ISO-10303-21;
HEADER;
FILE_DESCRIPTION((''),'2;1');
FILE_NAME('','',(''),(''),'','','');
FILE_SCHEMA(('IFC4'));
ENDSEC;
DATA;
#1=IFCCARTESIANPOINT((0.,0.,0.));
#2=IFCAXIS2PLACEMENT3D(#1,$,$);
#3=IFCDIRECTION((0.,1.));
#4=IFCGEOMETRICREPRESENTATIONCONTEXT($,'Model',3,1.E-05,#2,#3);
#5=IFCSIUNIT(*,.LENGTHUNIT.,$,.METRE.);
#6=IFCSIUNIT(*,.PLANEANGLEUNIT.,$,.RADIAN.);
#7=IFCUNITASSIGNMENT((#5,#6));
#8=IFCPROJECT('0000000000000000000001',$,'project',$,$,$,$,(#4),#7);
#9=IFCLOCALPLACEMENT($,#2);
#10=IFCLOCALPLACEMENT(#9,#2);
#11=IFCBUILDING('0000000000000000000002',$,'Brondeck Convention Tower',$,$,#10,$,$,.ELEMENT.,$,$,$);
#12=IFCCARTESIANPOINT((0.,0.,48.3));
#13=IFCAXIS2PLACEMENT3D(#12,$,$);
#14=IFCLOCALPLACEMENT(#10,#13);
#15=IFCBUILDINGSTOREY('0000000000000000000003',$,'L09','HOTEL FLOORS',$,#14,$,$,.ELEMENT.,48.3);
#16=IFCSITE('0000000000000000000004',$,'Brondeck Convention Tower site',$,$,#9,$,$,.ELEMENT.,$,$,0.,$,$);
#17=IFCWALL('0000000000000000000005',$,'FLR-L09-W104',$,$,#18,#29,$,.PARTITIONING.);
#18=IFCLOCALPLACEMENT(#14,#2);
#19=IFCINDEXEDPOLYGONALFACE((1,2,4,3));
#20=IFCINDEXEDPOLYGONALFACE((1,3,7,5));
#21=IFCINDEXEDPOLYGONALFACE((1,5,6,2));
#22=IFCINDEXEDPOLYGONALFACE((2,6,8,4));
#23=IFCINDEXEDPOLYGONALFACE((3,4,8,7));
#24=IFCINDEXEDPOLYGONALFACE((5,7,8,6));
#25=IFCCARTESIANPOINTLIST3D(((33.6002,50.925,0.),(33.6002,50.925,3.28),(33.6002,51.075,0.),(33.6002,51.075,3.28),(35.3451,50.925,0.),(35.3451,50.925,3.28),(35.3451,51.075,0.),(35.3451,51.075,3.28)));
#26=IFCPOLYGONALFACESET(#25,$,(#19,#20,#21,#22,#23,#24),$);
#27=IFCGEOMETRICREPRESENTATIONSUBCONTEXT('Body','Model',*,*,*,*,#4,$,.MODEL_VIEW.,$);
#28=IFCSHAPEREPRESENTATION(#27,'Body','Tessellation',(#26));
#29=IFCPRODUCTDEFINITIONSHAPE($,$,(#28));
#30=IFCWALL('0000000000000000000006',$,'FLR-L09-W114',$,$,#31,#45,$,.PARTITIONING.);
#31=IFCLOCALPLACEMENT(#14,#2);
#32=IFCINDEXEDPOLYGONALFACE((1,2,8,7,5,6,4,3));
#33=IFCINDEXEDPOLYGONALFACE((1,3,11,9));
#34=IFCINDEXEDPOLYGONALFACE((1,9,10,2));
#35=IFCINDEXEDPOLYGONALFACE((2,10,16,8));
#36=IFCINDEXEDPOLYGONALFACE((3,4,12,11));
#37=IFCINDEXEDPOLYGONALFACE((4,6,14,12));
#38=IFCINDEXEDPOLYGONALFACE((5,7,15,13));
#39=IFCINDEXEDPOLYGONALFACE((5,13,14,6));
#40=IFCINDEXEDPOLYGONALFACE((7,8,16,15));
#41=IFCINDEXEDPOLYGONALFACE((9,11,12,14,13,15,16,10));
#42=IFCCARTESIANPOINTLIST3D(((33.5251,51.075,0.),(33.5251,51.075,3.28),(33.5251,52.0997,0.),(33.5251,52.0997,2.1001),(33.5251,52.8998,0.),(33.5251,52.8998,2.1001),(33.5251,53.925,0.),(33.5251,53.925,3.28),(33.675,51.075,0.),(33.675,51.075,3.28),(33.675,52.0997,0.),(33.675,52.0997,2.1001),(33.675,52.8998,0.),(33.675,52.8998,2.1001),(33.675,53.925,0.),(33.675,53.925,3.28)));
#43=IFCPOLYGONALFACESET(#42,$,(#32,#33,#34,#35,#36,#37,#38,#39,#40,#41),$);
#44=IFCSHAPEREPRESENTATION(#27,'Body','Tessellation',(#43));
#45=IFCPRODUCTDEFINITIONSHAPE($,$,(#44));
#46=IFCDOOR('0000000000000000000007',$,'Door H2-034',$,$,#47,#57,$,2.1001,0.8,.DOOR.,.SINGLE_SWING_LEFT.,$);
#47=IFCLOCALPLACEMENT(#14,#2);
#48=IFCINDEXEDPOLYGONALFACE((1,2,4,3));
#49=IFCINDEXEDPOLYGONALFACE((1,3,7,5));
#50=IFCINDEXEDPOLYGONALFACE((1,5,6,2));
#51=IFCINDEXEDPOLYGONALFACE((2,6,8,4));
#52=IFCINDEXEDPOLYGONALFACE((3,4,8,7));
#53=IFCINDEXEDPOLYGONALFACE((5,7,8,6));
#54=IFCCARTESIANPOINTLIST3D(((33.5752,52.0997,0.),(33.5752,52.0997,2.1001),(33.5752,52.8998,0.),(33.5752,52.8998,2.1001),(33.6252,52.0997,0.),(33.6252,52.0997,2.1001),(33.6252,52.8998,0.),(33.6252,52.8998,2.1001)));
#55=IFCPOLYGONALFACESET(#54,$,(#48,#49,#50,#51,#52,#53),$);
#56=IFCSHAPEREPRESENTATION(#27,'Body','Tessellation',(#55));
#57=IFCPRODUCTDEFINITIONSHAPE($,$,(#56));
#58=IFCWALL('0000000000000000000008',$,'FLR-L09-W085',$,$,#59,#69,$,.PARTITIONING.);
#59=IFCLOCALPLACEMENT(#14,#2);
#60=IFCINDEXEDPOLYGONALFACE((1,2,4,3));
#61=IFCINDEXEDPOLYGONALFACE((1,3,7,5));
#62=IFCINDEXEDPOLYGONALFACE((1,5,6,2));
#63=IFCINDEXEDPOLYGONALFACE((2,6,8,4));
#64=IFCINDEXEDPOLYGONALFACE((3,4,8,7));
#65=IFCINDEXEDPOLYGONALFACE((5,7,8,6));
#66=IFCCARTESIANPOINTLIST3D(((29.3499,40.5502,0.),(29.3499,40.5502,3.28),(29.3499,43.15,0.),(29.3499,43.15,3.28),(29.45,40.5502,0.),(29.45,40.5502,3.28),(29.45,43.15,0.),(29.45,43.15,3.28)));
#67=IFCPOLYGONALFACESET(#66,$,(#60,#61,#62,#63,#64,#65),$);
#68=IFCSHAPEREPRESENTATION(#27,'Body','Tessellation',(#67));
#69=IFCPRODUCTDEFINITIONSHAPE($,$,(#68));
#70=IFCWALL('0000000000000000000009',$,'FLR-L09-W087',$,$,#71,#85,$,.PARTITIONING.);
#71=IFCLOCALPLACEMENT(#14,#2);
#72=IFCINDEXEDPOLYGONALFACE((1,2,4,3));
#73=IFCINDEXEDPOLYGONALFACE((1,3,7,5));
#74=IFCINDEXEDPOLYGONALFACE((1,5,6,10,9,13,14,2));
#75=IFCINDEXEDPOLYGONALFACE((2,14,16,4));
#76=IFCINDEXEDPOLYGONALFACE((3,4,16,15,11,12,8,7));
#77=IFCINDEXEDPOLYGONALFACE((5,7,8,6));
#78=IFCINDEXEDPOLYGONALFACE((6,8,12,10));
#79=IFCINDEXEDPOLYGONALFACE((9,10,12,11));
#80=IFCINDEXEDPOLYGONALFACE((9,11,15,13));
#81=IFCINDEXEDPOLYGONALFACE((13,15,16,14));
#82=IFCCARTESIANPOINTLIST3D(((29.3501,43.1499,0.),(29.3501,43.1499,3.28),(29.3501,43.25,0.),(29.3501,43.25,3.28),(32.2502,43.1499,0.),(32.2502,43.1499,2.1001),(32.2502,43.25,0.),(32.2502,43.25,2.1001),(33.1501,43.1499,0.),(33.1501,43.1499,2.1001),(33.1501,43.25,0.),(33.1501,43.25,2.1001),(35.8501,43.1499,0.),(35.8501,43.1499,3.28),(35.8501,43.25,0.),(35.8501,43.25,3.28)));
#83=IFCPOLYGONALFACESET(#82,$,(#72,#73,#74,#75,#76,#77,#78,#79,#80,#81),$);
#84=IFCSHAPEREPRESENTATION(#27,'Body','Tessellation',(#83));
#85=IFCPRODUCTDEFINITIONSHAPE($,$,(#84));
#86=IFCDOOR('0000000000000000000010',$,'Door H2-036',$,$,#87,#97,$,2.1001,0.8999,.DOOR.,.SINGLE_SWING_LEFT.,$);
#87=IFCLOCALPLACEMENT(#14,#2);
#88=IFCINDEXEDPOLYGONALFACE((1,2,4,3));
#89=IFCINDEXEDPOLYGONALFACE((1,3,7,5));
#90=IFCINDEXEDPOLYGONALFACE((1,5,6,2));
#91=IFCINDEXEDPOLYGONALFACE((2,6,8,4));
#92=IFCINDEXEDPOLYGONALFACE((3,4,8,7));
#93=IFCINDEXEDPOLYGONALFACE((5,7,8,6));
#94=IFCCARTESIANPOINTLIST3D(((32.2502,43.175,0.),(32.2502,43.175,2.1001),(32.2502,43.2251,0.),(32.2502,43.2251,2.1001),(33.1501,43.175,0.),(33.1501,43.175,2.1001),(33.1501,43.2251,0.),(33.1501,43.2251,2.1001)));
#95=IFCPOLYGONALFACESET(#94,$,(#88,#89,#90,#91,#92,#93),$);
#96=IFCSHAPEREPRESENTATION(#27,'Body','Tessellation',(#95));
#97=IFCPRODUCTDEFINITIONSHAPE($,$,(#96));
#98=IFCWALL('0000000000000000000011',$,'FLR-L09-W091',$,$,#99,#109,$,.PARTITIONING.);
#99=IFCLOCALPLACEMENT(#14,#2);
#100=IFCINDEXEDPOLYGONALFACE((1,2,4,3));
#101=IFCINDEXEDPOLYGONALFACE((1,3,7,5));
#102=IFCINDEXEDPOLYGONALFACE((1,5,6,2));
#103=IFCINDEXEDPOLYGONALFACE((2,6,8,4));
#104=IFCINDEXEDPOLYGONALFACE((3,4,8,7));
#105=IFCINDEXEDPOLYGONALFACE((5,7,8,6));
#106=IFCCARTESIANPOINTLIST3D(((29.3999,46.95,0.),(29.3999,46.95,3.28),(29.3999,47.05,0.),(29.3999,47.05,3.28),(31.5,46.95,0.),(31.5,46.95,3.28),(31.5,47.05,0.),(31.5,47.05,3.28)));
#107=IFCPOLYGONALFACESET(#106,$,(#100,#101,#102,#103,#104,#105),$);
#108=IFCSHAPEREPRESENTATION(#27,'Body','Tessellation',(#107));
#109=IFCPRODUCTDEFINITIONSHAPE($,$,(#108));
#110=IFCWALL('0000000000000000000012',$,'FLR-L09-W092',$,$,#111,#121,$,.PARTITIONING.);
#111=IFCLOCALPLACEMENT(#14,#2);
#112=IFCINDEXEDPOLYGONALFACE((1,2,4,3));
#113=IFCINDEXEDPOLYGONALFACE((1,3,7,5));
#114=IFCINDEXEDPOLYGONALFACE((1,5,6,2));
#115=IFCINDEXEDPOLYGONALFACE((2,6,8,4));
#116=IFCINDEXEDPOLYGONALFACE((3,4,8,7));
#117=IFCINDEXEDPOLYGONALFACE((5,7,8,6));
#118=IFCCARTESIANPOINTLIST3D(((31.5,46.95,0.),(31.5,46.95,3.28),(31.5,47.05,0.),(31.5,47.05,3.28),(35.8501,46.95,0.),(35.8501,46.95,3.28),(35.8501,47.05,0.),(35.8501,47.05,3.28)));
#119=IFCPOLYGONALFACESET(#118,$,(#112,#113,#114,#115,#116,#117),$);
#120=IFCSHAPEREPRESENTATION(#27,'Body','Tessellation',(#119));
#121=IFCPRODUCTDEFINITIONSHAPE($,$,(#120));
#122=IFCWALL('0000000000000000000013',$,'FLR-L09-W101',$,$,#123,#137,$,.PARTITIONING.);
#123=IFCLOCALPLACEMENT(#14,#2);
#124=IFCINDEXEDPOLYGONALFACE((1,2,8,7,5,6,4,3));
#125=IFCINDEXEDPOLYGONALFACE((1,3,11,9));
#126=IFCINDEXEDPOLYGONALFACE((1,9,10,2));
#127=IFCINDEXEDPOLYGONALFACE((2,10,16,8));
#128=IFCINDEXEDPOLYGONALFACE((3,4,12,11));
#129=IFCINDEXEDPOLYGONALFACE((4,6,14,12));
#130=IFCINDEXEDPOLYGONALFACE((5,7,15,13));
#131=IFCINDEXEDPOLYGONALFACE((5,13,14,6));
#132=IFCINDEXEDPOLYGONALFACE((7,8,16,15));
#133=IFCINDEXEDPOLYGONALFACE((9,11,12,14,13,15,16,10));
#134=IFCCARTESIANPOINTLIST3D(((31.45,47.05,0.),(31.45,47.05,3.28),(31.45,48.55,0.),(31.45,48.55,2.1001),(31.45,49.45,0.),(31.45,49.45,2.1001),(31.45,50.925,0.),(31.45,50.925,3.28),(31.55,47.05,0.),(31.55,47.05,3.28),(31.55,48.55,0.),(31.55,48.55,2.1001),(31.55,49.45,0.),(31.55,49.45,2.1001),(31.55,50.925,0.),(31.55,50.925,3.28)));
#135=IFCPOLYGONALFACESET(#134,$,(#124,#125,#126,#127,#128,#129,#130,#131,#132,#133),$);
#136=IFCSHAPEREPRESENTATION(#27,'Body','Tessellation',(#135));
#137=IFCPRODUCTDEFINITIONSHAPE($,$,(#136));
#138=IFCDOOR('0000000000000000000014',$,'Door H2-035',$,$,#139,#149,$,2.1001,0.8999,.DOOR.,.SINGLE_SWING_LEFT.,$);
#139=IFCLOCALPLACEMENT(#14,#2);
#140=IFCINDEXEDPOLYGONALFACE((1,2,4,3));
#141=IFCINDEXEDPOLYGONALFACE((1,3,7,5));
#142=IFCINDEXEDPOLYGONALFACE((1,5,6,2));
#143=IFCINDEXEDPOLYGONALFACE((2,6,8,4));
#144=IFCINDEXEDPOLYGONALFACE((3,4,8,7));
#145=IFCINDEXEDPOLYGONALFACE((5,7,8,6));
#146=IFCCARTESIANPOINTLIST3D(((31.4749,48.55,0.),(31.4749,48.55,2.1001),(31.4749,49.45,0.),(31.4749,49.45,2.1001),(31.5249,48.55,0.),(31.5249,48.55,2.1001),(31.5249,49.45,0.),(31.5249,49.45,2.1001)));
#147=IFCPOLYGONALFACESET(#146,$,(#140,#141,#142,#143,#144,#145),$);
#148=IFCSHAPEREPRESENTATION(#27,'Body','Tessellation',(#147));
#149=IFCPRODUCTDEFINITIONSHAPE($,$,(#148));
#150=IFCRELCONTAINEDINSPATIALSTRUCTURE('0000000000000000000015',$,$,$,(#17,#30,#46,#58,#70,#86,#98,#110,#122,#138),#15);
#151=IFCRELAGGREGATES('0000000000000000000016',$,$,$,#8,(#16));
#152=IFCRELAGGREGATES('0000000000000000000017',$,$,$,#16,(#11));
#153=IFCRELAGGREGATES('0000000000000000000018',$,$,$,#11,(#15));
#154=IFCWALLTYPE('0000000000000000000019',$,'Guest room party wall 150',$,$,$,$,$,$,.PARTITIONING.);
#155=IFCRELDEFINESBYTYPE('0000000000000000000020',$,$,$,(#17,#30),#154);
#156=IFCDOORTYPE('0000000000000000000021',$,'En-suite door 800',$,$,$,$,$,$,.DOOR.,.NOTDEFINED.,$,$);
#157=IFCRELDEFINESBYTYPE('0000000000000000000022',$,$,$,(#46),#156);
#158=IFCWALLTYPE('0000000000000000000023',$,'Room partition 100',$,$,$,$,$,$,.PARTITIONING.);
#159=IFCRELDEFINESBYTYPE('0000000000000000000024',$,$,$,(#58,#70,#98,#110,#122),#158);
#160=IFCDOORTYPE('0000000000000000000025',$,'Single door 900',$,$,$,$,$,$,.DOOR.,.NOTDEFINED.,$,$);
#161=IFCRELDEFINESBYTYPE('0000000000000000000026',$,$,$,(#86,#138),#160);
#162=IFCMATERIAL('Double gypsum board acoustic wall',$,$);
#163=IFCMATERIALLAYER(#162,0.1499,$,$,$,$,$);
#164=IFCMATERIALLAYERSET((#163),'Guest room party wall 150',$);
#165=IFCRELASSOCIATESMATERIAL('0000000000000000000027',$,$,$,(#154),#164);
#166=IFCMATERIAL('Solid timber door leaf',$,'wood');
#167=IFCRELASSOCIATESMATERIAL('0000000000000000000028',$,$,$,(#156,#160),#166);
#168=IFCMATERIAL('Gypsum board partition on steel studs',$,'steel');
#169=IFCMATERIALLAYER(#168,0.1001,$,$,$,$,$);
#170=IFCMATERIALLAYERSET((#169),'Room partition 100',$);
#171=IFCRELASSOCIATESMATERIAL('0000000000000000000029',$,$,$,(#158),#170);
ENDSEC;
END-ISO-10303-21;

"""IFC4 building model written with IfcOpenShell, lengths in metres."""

from ifc_helpers import new_model, si_unit, direction, frame, frame_2d, origin, place, context, subcontext, project, spatial, rectangle, extrude, material, layer, layer_set, type_object, element, fill, save


model = new_model("IFC4")

# Units and contexts
model_context = context("Model", 3, precision=1e-05, world=origin(), true_north=direction((0.0, 1.0)))
body_context = subcontext(model_context, "Body", "Model", "MODEL_VIEW")
ifc_project = project(units=[si_unit("LENGTHUNIT", "METRE"), si_unit("PLANEANGLEUNIT", "RADIAN")], contexts=[model_context])

# Site, building, storey
site_placement = place(None, origin())
site = spatial("IfcSite", under=ifc_project, at=site_placement, Name="Brondeck Convention Tower site", CompositionType="ELEMENT", RefElevation=0.0)
building_placement = place(site_placement, origin())
building = spatial("IfcBuilding", under=site, at=building_placement, Name="Brondeck Convention Tower", CompositionType="ELEMENT")
storey_placement = place(building_placement, frame((0.0, 0.0, 48.3)))
storey = spatial("IfcBuildingStorey", under=building, at=storey_placement, Name="L09", Description="HOTEL FLOORS", CompositionType="ELEMENT", Elevation=48.3)

# Wall
ifc_material_1 = material(Name="Double gypsum board acoustic wall")
ifc_layer_1 = layer(ifc_material_1, 0.1499)
ifc_layer_set_1 = layer_set([ifc_layer_1], Name="Guest room party wall 150")
wall_type_1 = type_object("IfcWallType", Name="Guest room party wall 150", PredefinedType="PARTITIONING", material=ifc_layer_set_1)
wall_1_placement = place(storey_placement, frame((33.6001, 51.0, 0.0), z_axis=(0.0, 0.0, 1.0), x_axis=(1.0, 0.0, 0.0)))
element("IfcWall", 1, at=wall_1_placement, inside=storey, type_object=wall_type_1, Name="FLR-L09-W104", PredefinedType="PARTITIONING", context=body_context, shape_type="SweptSolid", body=[
    extrude(rectangle(XDim=1.7449, YDim=0.1499, at=frame_2d((0.8726, 0.0))), origin(), (0.0, 0.0, 1.0), 3.28),
])

# Wall, opening, door
wall_2_placement = place(storey_placement, frame((33.6001, 51.075, 0.0), z_axis=(0.0, 0.0, 1.0), x_axis=(0.0, 1.0, 0.0)))
wall_2 = element("IfcWall", 2, at=wall_2_placement, inside=storey, type_object=wall_type_1, Name="FLR-L09-W114", PredefinedType="PARTITIONING", context=body_context, shape_type="SweptSolid", body=[
    extrude(rectangle(XDim=2.8501, YDim=0.1499, at=frame_2d((1.425, 0.0))), origin(), (0.0, 0.0, 1.0), 3.28),
])
opening_1_placement = place(wall_2_placement, frame((1.0249, 0.0, 0.0)))
opening_1 = element("IfcOpeningElement", 3, at=opening_1_placement, cuts=wall_2, PredefinedType="OPENING", context=body_context, shape_type="SweptSolid", body=[
    extrude(rectangle(XDim=0.8, YDim=2.1001, at=frame_2d((0.3999, 1.05))), frame((0.0, 0.085, 0.0), z_axis=(0.0, -1.0, 0.0), x_axis=(1.0, 0.0, 0.0)), (0.0, 0.0, 1.0), 0.1699),
])
ifc_material_2 = material(Name="Solid timber door leaf", Category="wood")
door_type_1 = type_object("IfcDoorType", Name="En-suite door 800", OperationType="NOTDEFINED", PredefinedType="DOOR", material=ifc_material_2)
door_1_placement = place(opening_1_placement, origin())
door_1 = element("IfcDoor", 4, at=door_1_placement, inside=storey, type_object=door_type_1, Name="Door H2-034", OperationType="SINGLE_SWING_LEFT", OverallHeight=2.1001, OverallWidth=0.8, PredefinedType="DOOR", context=body_context, shape_type="SweptSolid", body=[
    extrude(rectangle(XDim=0.8, YDim=2.1001, at=frame_2d((0.3999, 1.05))), frame((0.0, 0.0249, 0.0), z_axis=(0.0, -1.0, 0.0), x_axis=(1.0, 0.0, 0.0)), (0.0, 0.0, 1.0), 0.05),
])
fill(opening_1, door_1)

# Wall
ifc_material_3 = material(Name="Gypsum board partition on steel studs", Category="steel")
ifc_layer_2 = layer(ifc_material_3, 0.1001)
ifc_layer_set_2 = layer_set([ifc_layer_2], Name="Room partition 100")
wall_type_2 = type_object("IfcWallType", Name="Room partition 100", PredefinedType="PARTITIONING", material=ifc_layer_set_2)
wall_3_placement = place(storey_placement, frame((29.3999, 43.1499, 0.0), z_axis=(0.0, 0.0, 1.0), x_axis=(0.0, -1.0, 0.0)))
element("IfcWall", 5, at=wall_3_placement, inside=storey, type_object=wall_type_2, Name="FLR-L09-W085", PredefinedType="PARTITIONING", context=body_context, shape_type="SweptSolid", body=[
    extrude(rectangle(XDim=2.5999, YDim=0.1001, at=frame_2d((1.2998, 0.0))), origin(), (0.0, 0.0, 1.0), 3.28),
])

# Wall, opening, door
wall_4_placement = place(storey_placement, frame((35.8501, 43.2, 0.0), z_axis=(0.0, 0.0, 1.0), x_axis=(-1.0, 0.0, 0.0)))
wall_4 = element("IfcWall", 6, at=wall_4_placement, inside=storey, type_object=wall_type_2, Name="FLR-L09-W087", PredefinedType="PARTITIONING", context=body_context, shape_type="SweptSolid", body=[
    extrude(rectangle(XDim=6.5, YDim=0.1001, at=frame_2d((3.25, 0.0))), origin(), (0.0, 0.0, 1.0), 3.28),
])
opening_2_placement = place(wall_4_placement, frame((2.7, 0.0, 0.0)))
opening_2 = element("IfcOpeningElement", 7, at=opening_2_placement, cuts=wall_4, PredefinedType="OPENING", context=body_context, shape_type="SweptSolid", body=[
    extrude(rectangle(XDim=0.8999, YDim=2.1001, at=frame_2d((0.45, 1.05))), frame((0.0, 0.0601, 0.0), z_axis=(0.0, -1.0, 0.0), x_axis=(1.0, 0.0, 0.0)), (0.0, 0.0, 1.0), 0.1201),
])
door_type_2 = type_object("IfcDoorType", Name="Single door 900", OperationType="NOTDEFINED", PredefinedType="DOOR", material=ifc_material_2)
door_2_placement = place(opening_2_placement, origin())
door_2 = element("IfcDoor", 8, at=door_2_placement, inside=storey, type_object=door_type_2, Name="Door H2-036", OperationType="SINGLE_SWING_LEFT", OverallHeight=2.1001, OverallWidth=0.8999, PredefinedType="DOOR", context=body_context, shape_type="SweptSolid", body=[
    extrude(rectangle(XDim=0.8999, YDim=2.1001, at=frame_2d((0.45, 1.05))), frame((0.0, 0.0249, 0.0), z_axis=(0.0, -1.0, 0.0), x_axis=(1.0, 0.0, 0.0)), (0.0, 0.0, 1.0), 0.05),
])
fill(opening_2, door_2)

# Walls
wall_5_placement = place(storey_placement, frame((29.3999, 47.0, 0.0), z_axis=(0.0, 0.0, 1.0), x_axis=(1.0, 0.0, 0.0)))
element("IfcWall", 9, at=wall_5_placement, inside=storey, type_object=wall_type_2, Name="FLR-L09-W091", PredefinedType="PARTITIONING", context=body_context, shape_type="SweptSolid", body=[
    extrude(rectangle(XDim=2.1001, YDim=0.1001, at=frame_2d((1.05, 0.0))), origin(), (0.0, 0.0, 1.0), 3.28),
])
wall_6_placement = place(storey_placement, frame((31.5, 47.0, 0.0), z_axis=(0.0, 0.0, 1.0), x_axis=(1.0, 0.0, 0.0)))
element("IfcWall", 10, at=wall_6_placement, inside=storey, type_object=wall_type_2, Name="FLR-L09-W092", PredefinedType="PARTITIONING", context=body_context, shape_type="SweptSolid", body=[
    extrude(rectangle(XDim=4.3501, YDim=0.1001, at=frame_2d((2.175, 0.0))), origin(), (0.0, 0.0, 1.0), 3.28),
])

# Wall, opening, door
wall_7_placement = place(storey_placement, frame((31.5, 50.925, 0.0), z_axis=(0.0, 0.0, 1.0), x_axis=(0.0, -1.0, 0.0)))
wall_7 = element("IfcWall", 11, at=wall_7_placement, inside=storey, type_object=wall_type_2, Name="FLR-L09-W101", PredefinedType="PARTITIONING", context=body_context, shape_type="SweptSolid", body=[
    extrude(rectangle(XDim=3.875, YDim=0.1001, at=frame_2d((1.9375, 0.0))), origin(), (0.0, 0.0, 1.0), 3.28),
])
opening_3_placement = place(wall_7_placement, frame((1.4751, 0.0, 0.0)))
opening_3 = element("IfcOpeningElement", 12, at=opening_3_placement, cuts=wall_7, PredefinedType="OPENING", context=body_context, shape_type="SweptSolid", body=[
    extrude(rectangle(XDim=0.8999, YDim=2.1001, at=frame_2d((0.45, 1.05))), frame((0.0, 0.0601, 0.0), z_axis=(0.0, -1.0, 0.0), x_axis=(1.0, 0.0, 0.0)), (0.0, 0.0, 1.0), 0.1201),
])
door_3_placement = place(opening_3_placement, origin())
door_3 = element("IfcDoor", 13, at=door_3_placement, inside=storey, type_object=door_type_2, Name="Door H2-035", OperationType="SINGLE_SWING_LEFT", OverallHeight=2.1001, OverallWidth=0.8999, PredefinedType="DOOR", context=body_context, shape_type="SweptSolid", body=[
    extrude(rectangle(XDim=0.8999, YDim=2.1001, at=frame_2d((0.45, 1.05))), frame((0.0, 0.0249, 0.0), z_axis=(0.0, -1.0, 0.0), x_axis=(1.0, 0.0, 0.0)), (0.0, 0.0, 1.0), 0.05),
])
fill(opening_3, door_3)

save(model, "model.ifc")
